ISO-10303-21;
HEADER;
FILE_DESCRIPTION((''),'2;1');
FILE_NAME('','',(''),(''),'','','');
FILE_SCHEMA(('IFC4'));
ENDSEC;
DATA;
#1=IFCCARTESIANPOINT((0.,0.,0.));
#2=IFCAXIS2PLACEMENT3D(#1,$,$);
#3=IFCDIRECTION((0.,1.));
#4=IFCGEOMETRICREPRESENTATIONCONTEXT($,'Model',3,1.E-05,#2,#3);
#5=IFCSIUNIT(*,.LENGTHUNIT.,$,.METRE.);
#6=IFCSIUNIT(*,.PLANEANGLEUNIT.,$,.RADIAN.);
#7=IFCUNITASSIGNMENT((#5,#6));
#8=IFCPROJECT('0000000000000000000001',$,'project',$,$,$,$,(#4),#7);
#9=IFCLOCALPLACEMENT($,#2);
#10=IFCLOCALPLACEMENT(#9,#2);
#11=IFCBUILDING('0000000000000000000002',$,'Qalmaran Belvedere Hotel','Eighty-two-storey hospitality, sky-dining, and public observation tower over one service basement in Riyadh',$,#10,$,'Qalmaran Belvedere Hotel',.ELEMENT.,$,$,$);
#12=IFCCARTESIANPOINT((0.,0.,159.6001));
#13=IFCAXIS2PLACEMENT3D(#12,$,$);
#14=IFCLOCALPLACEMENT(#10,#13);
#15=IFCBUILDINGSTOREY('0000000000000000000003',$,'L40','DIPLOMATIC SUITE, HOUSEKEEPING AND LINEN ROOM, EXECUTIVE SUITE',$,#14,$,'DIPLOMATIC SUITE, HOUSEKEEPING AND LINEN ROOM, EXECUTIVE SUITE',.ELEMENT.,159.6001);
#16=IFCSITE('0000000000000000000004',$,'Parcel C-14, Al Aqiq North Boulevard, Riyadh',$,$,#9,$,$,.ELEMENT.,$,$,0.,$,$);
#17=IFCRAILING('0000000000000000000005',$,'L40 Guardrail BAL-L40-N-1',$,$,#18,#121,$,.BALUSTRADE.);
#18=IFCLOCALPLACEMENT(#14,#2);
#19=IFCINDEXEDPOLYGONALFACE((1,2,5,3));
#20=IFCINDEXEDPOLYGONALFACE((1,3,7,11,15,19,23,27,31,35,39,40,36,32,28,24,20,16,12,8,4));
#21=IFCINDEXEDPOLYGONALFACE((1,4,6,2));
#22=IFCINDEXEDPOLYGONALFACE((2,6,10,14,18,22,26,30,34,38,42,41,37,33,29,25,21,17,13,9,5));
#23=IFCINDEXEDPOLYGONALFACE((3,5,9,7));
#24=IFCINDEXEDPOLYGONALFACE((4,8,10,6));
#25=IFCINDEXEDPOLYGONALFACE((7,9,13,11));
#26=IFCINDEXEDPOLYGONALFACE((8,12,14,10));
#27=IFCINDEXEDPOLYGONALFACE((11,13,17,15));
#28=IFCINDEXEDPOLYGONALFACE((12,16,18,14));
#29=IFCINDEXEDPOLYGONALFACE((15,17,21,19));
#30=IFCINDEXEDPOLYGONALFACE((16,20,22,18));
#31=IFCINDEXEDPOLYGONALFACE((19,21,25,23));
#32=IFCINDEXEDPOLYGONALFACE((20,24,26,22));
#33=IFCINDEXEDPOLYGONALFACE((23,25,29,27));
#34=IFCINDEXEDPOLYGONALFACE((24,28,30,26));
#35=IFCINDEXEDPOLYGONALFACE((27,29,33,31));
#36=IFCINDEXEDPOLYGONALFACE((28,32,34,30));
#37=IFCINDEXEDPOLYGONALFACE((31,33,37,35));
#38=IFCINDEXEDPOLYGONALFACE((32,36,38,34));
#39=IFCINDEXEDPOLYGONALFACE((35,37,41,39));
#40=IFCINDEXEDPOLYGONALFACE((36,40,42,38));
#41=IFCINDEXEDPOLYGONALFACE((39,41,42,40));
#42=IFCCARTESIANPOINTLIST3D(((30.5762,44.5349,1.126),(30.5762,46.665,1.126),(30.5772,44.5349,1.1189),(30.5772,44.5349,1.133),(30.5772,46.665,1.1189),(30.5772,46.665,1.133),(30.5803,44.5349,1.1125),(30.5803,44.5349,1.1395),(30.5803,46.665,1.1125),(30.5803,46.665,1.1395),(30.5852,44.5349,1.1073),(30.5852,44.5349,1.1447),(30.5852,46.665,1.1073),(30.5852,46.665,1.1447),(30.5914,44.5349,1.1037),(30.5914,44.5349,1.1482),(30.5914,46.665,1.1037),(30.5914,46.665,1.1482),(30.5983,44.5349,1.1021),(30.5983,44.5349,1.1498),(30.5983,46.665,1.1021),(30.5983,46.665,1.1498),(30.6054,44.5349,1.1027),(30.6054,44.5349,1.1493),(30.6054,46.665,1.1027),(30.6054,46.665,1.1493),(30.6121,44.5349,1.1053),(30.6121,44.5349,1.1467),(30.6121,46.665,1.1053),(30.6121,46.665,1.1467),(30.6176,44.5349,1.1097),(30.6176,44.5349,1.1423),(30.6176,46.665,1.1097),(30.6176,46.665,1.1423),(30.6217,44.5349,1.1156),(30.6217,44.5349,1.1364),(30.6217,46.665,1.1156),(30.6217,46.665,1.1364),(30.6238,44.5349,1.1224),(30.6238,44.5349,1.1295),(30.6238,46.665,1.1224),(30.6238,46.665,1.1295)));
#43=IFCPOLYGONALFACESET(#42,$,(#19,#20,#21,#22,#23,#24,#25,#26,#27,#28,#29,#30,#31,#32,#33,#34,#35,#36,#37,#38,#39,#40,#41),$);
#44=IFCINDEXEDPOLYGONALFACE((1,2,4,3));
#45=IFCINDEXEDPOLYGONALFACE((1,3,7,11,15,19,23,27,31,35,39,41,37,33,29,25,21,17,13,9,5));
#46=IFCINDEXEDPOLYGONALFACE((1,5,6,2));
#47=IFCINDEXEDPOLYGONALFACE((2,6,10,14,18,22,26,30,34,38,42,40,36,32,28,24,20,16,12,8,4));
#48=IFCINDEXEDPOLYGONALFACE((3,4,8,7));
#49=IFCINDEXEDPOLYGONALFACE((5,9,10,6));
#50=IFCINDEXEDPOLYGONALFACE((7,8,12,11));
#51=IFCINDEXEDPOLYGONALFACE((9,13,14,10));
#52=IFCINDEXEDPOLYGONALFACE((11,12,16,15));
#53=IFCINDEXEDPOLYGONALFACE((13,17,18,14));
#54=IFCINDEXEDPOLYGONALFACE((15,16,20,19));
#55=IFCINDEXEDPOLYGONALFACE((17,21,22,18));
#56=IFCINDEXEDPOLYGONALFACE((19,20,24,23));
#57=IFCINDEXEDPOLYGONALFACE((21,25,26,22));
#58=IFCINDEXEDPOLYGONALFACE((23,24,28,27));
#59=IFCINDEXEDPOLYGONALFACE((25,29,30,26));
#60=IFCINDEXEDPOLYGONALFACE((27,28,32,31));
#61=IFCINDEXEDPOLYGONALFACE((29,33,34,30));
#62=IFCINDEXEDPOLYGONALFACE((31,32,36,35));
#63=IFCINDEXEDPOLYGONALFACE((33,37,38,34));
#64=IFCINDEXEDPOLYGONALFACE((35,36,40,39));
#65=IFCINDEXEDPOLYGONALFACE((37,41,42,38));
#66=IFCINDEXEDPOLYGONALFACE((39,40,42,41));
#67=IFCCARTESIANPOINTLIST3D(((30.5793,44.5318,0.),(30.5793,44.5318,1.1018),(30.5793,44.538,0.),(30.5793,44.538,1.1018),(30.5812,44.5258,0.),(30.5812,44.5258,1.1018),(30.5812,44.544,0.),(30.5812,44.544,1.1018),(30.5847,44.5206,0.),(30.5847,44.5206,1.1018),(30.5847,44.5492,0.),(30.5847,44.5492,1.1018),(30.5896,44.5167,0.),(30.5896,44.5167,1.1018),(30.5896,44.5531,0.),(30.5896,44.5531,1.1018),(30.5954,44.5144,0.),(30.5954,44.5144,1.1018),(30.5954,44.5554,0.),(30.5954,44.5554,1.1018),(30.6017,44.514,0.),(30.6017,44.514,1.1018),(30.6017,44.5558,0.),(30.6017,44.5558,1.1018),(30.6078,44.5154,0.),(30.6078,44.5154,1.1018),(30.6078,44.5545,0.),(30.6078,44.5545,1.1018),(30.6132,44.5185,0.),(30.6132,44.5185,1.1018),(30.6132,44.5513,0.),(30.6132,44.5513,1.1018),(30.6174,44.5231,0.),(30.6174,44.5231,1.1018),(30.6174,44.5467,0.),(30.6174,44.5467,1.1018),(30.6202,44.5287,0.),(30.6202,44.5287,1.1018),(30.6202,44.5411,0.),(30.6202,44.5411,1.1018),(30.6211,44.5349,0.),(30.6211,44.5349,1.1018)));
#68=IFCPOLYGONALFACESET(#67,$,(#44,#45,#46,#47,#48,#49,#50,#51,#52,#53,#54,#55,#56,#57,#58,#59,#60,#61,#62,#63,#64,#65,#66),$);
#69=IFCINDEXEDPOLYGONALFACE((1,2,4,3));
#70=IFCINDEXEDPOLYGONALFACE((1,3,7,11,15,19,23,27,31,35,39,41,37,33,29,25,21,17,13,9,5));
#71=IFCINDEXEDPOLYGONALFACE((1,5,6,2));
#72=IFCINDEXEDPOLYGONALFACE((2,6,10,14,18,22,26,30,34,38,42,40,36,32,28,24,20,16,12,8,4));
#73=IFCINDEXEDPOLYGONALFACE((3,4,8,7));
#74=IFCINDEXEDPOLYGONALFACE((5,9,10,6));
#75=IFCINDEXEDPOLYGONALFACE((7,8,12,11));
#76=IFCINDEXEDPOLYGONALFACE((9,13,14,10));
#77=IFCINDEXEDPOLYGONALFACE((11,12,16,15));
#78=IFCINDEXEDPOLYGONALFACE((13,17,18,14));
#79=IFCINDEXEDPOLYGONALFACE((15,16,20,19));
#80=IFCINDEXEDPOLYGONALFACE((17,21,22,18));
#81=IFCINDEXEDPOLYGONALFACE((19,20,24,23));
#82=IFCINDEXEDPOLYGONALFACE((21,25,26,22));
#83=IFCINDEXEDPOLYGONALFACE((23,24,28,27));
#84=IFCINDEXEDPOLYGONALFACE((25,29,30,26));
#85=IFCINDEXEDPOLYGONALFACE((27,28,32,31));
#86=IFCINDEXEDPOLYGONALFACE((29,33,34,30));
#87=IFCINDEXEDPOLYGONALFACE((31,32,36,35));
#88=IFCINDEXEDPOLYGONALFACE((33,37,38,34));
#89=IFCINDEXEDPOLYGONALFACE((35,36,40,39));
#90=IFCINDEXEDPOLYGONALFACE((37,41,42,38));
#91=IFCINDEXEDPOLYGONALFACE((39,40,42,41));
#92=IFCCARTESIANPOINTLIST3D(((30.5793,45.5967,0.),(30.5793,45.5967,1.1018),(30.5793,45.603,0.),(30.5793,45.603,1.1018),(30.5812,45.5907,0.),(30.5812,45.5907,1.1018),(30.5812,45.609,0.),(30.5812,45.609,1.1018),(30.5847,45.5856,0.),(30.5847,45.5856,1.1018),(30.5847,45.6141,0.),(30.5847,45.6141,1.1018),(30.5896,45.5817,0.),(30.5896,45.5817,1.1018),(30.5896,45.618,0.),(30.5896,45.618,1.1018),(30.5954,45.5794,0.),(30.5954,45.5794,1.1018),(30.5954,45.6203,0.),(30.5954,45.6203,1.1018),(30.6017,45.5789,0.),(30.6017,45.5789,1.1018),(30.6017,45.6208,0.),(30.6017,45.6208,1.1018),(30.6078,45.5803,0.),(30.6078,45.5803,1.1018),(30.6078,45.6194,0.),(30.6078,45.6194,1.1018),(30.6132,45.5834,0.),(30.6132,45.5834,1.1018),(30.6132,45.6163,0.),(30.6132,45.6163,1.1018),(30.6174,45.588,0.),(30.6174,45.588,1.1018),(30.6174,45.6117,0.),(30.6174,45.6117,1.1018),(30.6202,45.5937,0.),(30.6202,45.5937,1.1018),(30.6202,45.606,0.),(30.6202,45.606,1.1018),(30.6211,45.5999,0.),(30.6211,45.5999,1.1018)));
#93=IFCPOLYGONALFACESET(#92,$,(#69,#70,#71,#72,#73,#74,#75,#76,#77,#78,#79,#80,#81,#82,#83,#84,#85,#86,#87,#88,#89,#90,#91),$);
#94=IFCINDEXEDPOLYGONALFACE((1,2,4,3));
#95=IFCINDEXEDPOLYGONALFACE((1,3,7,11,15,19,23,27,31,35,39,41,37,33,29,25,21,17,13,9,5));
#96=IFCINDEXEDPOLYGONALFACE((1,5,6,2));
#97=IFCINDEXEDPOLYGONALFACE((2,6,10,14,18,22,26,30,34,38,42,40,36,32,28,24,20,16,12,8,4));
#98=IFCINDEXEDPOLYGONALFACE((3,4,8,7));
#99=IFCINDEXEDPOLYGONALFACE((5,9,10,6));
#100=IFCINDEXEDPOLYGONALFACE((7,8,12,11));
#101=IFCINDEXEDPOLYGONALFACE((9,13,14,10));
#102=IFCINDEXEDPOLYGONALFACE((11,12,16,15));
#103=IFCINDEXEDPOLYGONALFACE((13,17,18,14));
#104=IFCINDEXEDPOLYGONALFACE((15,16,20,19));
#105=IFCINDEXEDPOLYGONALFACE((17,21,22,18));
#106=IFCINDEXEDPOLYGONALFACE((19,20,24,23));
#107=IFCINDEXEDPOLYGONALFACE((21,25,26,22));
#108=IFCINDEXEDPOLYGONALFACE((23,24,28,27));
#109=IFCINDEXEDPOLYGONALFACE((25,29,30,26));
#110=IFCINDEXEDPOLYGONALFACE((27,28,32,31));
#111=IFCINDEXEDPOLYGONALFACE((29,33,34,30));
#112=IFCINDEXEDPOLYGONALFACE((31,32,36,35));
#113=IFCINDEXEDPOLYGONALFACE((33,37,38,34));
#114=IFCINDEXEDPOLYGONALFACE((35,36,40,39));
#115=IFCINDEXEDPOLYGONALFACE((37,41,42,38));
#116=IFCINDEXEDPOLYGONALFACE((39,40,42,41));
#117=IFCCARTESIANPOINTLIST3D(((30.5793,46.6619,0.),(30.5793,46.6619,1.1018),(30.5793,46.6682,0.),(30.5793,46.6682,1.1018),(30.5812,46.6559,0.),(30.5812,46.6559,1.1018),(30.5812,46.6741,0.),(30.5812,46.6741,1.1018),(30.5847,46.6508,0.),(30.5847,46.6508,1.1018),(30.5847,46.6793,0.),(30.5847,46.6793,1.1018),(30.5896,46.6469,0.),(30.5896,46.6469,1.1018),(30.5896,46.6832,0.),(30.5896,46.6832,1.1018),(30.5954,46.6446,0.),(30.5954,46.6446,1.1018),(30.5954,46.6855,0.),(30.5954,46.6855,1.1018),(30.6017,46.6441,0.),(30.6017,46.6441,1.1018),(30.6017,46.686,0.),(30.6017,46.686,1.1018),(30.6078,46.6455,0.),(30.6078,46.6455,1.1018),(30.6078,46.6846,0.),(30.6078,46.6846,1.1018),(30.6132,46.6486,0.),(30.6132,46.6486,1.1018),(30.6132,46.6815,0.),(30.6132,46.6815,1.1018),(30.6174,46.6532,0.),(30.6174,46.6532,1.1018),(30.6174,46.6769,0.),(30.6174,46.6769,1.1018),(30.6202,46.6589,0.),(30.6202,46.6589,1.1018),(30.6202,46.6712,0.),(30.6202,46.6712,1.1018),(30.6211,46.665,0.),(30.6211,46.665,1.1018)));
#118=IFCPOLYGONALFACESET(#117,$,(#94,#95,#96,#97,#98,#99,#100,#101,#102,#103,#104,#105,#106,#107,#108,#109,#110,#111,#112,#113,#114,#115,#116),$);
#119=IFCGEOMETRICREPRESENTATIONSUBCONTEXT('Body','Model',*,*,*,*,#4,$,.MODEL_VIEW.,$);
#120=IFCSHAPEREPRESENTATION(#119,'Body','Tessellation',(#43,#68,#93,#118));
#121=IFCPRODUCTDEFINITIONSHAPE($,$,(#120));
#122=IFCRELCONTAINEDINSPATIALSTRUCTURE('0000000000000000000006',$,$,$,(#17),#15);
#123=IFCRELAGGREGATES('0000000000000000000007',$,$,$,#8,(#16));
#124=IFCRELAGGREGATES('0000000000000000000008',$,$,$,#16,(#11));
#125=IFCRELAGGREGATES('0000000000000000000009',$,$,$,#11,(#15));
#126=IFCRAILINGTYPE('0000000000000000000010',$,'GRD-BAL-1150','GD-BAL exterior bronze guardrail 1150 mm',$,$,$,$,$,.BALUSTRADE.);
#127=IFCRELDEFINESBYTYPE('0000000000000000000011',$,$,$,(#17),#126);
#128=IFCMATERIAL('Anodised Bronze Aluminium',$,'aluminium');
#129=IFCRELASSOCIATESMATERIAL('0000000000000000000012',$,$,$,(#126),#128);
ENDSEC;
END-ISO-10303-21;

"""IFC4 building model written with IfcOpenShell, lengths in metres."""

from ifc_helpers import new_model, si_unit, direction, frame, origin, origin_2d, place, context, subcontext, project, spatial, circle, extrude, material, type_object, element, save


model = new_model("IFC4")

# Units and contexts
model_context = context("Model", 3, precision=1e-05, world=origin(), true_north=direction((0.0, 1.0)))
body_context = subcontext(model_context, "Body", "Model", "MODEL_VIEW")
ifc_project = project(units=[si_unit("LENGTHUNIT", "METRE"), si_unit("PLANEANGLEUNIT", "RADIAN")], contexts=[model_context])

# Site, building, storey
site_placement = place(None, origin())
site = spatial("IfcSite", under=ifc_project, at=site_placement, Name="Parcel C-14, Al Aqiq North Boulevard, Riyadh", CompositionType="ELEMENT", RefElevation=0.0)
building_placement = place(site_placement, origin())
building = spatial("IfcBuilding", under=site, at=building_placement, Name="Qalmaran Belvedere Hotel", Description="Eighty-two-storey hospitality, sky-dining, and public observation tower over one service basement in Riyadh", LongName="Qalmaran Belvedere Hotel", CompositionType="ELEMENT")
storey_placement = place(building_placement, frame((0.0, 0.0, 159.6001)))
storey = spatial("IfcBuildingStorey", under=building, at=storey_placement, Name="L40", Description="DIPLOMATIC SUITE, HOUSEKEEPING AND LINEN ROOM, EXECUTIVE SUITE", LongName="DIPLOMATIC SUITE, HOUSEKEEPING AND LINEN ROOM, EXECUTIVE SUITE", CompositionType="ELEMENT", Elevation=159.6001)

# Shared definitions
ifc_material_1 = material(Name="Anodised Bronze Aluminium", Category="aluminium")

# Railing
railing_type = type_object("IfcRailingType", Name="GRD-BAL-1150", Description="GD-BAL exterior bronze guardrail 1150 mm", PredefinedType="BALUSTRADE", material=ifc_material_1)
railing_1_placement = place(storey_placement, frame((30.6001, 44.5349, 0.0)))
element("IfcRailing", 1, at=railing_1_placement, inside=storey, type_object=railing_type, Name="L40 Guardrail BAL-L40-N-1", PredefinedType="BALUSTRADE", context=body_context, shape_type="SweptSolid", body=[
    extrude(circle(Radius=0.0239, at=origin_2d()), frame((0.0, 0.0, 1.126), z_axis=(0.0, 1.0, 0.0), x_axis=(-1.0, 0.0, 0.0)), (0.0, 0.0, 1.0), 2.1301),
    extrude(circle(Radius=0.021, at=origin_2d()), origin(), (0.0, 0.0, 1.0), 1.1018),
    extrude(circle(Radius=0.021, at=origin_2d()), frame((0.0, 1.0649, 0.0)), (0.0, 0.0, 1.0), 1.1018),
    extrude(circle(Radius=0.021, at=origin_2d()), frame((0.0, 2.1301, 0.0)), (0.0, 0.0, 1.0), 1.1018),
])

save(model, "model.ifc")
